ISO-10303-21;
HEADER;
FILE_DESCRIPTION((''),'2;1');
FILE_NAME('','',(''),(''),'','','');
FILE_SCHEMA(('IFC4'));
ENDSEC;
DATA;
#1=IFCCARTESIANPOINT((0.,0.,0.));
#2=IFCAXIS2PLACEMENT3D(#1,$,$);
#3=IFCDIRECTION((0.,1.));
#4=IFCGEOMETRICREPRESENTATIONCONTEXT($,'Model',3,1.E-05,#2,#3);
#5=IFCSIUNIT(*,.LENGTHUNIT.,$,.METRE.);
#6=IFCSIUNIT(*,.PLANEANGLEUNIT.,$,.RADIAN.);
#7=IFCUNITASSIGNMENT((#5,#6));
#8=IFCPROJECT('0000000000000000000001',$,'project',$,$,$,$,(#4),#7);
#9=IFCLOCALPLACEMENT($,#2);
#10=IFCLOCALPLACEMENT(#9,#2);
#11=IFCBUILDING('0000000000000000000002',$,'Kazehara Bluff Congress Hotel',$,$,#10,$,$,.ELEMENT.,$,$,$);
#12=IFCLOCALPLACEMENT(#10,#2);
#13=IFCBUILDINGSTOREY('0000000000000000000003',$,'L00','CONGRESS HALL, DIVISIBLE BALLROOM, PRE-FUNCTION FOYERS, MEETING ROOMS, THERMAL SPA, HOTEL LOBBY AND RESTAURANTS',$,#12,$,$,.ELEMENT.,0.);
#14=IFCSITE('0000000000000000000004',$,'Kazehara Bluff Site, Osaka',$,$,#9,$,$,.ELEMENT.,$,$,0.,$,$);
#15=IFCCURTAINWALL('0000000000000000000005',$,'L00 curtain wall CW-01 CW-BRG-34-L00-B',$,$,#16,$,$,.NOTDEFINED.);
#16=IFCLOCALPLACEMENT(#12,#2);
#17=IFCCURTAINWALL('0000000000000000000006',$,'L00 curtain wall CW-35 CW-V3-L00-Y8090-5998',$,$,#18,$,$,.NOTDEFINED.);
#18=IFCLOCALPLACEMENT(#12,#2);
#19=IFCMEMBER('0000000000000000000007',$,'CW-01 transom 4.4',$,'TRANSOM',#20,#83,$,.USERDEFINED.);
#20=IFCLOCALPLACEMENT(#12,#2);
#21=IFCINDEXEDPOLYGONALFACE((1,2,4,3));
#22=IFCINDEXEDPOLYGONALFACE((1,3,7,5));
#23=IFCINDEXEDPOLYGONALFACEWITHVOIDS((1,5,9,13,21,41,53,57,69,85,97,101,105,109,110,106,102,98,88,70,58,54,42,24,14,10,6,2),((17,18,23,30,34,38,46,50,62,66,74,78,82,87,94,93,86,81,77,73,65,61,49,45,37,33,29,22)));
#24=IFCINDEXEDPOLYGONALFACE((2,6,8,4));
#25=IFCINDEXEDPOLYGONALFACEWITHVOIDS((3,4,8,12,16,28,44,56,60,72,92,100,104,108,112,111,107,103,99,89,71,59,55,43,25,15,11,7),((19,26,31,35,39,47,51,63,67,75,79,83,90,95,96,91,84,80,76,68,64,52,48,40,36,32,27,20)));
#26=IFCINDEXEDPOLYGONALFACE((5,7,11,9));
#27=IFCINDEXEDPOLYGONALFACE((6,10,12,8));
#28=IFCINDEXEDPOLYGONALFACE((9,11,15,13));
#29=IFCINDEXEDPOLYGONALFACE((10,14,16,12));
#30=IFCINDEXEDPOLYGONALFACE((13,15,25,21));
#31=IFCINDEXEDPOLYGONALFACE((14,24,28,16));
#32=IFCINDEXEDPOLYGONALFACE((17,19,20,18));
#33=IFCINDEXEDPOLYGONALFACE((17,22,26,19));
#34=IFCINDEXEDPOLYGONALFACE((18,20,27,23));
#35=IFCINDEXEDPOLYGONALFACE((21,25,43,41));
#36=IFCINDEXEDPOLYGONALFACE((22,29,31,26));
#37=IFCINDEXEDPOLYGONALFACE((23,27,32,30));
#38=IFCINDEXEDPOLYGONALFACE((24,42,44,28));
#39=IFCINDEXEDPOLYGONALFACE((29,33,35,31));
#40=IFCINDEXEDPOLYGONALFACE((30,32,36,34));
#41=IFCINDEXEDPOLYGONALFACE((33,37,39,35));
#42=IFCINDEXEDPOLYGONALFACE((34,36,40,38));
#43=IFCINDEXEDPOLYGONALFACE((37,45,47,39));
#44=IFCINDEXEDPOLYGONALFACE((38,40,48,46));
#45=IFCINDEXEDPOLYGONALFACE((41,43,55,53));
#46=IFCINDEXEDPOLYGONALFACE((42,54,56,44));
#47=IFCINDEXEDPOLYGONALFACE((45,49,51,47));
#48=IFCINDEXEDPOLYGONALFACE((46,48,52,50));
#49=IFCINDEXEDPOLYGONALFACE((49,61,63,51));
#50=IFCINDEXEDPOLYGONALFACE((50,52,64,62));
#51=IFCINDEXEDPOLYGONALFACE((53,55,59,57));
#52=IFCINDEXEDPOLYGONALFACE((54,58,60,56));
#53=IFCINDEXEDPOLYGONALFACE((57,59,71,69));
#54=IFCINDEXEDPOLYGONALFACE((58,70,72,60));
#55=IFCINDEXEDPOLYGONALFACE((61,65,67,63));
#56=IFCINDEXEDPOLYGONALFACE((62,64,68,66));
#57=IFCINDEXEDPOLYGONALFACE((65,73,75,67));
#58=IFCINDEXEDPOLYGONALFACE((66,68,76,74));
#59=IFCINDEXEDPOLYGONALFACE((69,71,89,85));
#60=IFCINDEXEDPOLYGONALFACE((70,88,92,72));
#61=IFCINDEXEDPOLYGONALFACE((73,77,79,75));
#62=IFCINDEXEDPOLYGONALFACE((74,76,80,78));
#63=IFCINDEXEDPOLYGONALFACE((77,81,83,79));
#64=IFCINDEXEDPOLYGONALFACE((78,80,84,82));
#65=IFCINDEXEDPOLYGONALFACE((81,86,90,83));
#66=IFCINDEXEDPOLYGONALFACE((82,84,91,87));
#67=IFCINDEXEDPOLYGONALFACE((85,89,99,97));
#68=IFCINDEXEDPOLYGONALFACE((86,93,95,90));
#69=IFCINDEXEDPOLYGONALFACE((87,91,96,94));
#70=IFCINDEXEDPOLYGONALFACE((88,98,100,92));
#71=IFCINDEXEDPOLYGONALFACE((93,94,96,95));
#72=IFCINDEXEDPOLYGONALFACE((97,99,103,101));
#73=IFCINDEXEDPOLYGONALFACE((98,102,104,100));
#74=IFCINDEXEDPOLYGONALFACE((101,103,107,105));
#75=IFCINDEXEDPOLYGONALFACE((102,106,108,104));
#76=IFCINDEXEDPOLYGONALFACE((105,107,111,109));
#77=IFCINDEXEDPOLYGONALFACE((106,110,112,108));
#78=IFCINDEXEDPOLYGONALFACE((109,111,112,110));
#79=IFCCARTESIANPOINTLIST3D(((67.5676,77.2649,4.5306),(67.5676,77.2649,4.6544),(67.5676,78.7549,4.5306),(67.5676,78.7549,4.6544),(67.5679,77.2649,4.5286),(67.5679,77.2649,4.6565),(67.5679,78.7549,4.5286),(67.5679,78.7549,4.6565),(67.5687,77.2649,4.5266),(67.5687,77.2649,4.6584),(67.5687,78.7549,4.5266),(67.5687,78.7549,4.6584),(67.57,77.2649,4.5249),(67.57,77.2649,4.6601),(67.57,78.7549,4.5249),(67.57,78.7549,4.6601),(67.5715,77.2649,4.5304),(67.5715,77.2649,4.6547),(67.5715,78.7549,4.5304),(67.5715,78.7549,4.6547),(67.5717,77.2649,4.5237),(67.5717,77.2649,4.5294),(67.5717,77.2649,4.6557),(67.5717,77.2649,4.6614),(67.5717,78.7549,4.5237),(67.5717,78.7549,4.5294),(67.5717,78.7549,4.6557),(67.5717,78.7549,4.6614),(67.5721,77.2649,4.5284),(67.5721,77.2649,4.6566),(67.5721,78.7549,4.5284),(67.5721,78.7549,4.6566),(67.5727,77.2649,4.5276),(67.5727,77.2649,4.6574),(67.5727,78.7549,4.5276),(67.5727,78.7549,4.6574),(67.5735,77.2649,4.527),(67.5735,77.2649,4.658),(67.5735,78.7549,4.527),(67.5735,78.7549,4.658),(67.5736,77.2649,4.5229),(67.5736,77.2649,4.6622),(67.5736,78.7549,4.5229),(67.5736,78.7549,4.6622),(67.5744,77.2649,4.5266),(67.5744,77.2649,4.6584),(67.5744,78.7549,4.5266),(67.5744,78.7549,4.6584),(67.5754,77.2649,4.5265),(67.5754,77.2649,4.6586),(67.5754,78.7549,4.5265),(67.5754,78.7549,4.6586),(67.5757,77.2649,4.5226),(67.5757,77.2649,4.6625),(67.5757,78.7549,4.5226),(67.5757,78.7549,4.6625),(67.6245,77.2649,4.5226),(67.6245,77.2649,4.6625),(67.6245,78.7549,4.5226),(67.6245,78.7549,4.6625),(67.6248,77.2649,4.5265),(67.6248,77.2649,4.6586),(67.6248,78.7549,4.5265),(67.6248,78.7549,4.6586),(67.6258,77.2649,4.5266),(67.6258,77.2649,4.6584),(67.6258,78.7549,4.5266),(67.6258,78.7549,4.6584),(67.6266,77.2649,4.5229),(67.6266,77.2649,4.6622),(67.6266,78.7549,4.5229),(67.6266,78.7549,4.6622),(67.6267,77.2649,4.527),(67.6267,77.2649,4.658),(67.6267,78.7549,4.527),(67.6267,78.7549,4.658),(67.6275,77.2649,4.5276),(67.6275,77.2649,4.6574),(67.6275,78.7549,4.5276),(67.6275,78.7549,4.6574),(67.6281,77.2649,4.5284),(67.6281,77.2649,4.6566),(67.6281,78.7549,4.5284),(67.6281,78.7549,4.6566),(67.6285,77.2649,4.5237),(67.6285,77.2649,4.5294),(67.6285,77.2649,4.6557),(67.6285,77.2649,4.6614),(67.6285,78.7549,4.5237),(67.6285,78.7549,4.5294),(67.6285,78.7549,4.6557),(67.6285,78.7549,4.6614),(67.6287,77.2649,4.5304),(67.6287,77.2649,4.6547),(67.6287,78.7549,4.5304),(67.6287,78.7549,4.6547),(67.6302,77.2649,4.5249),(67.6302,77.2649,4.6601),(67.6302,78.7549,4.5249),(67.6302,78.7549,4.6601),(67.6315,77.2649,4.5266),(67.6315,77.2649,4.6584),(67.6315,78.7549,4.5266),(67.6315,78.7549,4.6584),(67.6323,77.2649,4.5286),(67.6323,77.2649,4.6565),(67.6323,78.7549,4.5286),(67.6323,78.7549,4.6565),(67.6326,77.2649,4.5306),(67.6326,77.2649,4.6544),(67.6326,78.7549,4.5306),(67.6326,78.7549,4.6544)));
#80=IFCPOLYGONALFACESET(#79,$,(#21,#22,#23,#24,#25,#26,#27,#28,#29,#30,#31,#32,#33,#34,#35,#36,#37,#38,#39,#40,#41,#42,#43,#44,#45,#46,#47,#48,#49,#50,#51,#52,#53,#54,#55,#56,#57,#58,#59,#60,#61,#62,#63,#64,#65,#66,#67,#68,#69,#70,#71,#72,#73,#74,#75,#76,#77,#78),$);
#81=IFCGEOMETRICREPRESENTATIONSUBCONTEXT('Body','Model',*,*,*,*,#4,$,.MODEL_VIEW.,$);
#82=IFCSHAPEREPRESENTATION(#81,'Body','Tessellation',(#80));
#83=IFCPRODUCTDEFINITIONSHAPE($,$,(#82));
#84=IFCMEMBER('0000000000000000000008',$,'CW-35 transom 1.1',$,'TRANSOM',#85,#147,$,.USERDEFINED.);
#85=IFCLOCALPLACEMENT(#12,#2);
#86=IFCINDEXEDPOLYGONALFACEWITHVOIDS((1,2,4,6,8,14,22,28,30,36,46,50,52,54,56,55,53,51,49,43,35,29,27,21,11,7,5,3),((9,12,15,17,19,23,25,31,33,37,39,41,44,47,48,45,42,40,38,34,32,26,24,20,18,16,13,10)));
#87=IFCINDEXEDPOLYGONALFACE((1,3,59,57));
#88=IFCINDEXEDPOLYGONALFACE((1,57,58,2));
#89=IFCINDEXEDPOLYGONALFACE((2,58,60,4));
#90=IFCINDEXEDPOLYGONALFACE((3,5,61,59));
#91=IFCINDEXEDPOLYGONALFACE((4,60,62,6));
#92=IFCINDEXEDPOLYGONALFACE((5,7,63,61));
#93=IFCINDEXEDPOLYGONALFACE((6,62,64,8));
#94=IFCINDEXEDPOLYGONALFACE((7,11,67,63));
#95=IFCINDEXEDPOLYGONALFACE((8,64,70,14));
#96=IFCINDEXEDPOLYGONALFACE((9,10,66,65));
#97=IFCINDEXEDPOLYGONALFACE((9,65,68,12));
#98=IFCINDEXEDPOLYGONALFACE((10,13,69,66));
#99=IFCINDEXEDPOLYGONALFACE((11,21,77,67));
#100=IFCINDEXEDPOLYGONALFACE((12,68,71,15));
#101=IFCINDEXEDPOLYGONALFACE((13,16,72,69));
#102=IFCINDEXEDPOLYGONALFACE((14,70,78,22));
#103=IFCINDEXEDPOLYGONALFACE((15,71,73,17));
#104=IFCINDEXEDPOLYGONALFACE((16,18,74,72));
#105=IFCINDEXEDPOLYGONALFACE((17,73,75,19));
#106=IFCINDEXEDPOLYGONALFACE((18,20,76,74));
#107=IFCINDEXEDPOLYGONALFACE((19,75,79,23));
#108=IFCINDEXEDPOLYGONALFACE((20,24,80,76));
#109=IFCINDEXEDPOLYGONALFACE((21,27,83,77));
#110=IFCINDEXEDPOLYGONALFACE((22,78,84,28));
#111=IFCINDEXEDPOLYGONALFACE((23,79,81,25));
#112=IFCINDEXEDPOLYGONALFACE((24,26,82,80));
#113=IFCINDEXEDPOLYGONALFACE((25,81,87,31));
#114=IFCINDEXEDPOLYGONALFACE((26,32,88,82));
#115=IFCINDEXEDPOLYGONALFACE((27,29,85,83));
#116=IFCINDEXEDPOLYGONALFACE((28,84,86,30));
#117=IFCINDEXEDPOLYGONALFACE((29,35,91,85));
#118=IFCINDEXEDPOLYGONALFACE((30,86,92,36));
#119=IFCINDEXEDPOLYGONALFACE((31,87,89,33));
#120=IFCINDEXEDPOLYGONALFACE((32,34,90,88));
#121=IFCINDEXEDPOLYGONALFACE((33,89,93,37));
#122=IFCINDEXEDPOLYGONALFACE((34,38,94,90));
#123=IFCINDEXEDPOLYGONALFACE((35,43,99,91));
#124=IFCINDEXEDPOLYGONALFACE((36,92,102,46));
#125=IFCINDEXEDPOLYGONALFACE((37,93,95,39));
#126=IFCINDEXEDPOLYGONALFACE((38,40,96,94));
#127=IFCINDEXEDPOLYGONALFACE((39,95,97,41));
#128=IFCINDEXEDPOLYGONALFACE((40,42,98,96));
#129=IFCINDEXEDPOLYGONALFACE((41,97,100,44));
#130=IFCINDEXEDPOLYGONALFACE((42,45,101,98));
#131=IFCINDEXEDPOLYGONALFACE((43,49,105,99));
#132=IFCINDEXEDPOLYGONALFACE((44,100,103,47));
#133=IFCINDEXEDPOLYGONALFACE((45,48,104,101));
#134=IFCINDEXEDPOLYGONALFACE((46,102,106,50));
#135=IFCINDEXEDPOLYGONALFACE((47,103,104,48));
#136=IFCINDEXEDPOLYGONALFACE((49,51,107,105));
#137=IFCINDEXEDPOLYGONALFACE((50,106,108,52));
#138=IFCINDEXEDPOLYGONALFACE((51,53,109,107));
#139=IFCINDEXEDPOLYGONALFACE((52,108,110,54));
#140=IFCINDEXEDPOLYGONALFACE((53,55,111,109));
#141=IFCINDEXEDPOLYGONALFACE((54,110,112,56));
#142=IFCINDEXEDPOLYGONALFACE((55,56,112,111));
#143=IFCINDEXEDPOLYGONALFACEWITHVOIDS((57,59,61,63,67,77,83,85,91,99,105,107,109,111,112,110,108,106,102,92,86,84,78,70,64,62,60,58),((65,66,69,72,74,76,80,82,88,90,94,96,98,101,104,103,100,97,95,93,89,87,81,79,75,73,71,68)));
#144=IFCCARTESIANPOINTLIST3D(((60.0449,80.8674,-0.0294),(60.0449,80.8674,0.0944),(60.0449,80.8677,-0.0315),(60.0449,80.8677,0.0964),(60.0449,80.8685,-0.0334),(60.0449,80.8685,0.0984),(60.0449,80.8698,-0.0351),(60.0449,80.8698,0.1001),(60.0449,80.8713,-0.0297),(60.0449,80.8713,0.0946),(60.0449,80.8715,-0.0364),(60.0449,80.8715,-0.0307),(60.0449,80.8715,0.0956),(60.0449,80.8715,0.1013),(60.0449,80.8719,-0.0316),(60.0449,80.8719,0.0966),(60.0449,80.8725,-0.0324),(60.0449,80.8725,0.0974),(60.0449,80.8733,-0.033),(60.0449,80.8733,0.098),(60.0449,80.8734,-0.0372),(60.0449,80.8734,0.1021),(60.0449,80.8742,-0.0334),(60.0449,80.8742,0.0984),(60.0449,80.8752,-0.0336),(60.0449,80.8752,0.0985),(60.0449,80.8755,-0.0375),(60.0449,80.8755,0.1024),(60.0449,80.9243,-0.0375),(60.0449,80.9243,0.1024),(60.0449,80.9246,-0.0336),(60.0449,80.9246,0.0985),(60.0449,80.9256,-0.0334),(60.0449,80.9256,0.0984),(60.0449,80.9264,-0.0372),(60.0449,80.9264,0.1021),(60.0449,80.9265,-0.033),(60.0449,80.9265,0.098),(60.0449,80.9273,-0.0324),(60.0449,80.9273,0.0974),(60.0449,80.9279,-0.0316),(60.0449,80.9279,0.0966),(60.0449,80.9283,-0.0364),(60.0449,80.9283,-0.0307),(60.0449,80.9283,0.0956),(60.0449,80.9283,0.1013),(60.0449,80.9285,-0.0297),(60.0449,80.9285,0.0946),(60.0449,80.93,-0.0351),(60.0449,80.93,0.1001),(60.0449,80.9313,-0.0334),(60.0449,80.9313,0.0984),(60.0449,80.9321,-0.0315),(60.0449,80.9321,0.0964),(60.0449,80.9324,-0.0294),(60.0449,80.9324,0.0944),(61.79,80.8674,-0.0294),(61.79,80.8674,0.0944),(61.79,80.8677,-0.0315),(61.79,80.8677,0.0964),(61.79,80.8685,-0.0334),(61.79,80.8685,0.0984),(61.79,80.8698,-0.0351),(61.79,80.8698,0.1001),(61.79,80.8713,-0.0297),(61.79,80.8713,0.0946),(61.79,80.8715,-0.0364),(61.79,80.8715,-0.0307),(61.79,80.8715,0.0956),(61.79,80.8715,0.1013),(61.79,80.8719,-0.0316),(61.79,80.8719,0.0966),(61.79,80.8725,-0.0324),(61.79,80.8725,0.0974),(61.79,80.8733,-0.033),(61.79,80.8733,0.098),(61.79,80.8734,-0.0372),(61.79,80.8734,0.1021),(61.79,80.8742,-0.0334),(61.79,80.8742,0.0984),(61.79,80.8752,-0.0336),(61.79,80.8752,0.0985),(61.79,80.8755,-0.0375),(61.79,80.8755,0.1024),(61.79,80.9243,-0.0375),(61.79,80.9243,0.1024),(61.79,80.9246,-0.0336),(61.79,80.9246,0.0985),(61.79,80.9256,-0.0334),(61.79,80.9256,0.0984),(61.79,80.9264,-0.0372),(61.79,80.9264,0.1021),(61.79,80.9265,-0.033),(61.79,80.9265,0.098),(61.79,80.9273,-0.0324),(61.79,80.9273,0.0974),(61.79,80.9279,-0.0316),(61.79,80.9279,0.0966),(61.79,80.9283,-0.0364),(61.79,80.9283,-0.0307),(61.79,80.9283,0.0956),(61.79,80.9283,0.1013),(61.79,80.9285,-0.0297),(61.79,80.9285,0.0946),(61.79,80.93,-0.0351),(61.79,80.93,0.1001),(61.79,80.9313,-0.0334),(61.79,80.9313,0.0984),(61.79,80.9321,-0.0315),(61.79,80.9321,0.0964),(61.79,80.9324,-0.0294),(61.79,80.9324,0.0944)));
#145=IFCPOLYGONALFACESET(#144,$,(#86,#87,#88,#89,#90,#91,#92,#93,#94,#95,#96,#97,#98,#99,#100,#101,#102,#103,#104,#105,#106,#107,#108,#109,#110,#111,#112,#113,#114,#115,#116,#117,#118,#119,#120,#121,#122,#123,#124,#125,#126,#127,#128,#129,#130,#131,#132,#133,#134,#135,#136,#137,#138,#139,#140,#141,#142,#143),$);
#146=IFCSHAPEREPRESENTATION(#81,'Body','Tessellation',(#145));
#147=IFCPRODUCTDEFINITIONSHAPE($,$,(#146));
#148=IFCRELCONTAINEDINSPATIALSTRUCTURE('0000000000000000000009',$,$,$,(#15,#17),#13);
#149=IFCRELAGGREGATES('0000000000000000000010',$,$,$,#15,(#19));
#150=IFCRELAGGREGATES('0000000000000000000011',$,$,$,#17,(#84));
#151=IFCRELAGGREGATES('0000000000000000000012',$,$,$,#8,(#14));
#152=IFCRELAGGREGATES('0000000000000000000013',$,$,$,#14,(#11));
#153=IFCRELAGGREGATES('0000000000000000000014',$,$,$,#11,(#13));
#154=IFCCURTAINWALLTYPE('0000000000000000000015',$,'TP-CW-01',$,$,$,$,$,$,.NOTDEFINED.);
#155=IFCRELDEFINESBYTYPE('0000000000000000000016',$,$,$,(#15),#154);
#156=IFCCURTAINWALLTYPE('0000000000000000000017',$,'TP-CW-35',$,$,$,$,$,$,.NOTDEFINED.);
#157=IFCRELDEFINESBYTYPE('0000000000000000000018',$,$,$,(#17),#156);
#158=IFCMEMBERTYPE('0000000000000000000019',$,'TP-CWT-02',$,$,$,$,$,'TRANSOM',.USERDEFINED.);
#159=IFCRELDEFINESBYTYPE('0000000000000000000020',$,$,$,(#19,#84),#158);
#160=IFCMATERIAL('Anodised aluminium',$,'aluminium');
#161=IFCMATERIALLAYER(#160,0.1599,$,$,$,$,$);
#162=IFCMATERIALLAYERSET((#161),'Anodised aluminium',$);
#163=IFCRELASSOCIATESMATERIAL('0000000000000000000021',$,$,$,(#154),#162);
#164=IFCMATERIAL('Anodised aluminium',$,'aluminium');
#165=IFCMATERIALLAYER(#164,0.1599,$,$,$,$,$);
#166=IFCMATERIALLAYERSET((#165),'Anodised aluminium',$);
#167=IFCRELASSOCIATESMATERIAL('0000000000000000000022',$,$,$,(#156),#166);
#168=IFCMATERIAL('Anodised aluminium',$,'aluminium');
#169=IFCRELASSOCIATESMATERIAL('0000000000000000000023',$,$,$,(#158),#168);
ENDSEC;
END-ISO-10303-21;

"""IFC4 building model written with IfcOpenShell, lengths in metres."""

from ifc_helpers import new_model, si_unit, direction, frame, origin, origin_2d, place, context, subcontext, project, spatial, hollow_rectangle, extrude, material, layer, layer_set, material_profile, profile_set, type_object, element, aggregate, save


model = new_model("IFC4")

# Units and contexts
model_context = context("Model", 3, precision=1e-05, world=origin(), true_north=direction((0.0, 1.0)))
body_context = subcontext(model_context, "Body", "Model", "MODEL_VIEW")
ifc_project = project(units=[si_unit("LENGTHUNIT", "METRE"), si_unit("PLANEANGLEUNIT", "RADIAN")], contexts=[model_context])

# Site, building, storey
site_placement = place(None, origin())
site = spatial("IfcSite", under=ifc_project, at=site_placement, Name="Kazehara Bluff Site, Osaka", CompositionType="ELEMENT", RefElevation=0.0)
building_placement = place(site_placement, origin())
building = spatial("IfcBuilding", under=site, at=building_placement, Name="Kazehara Bluff Congress Hotel", CompositionType="ELEMENT")
storey_placement = place(building_placement, origin())
storey = spatial("IfcBuildingStorey", under=building, at=storey_placement, Name="L00", Description="CONGRESS HALL, DIVISIBLE BALLROOM, PRE-FUNCTION FOYERS, MEETING ROOMS, THERMAL SPA, HOTEL LOBBY AND RESTAURANTS", CompositionType="ELEMENT", Elevation=0.0)

# Curtain walls
ifc_material_1 = material(Name="Anodised aluminium", Category="aluminium")
ifc_layer_1 = layer(ifc_material_1, 0.1599)
ifc_layer_set_1 = layer_set([ifc_layer_1], Name="Anodised aluminium")
curtain_wall_type_1 = type_object("IfcCurtainWallType", Name="TP-CW-01", PredefinedType="NOTDEFINED", material=ifc_layer_set_1)
curtain_wall_1_placement = place(storey_placement, origin())
curtain_wall_1 = element("IfcCurtainWall", 1, at=curtain_wall_1_placement, inside=storey, type_object=curtain_wall_type_1, Name="L00 curtain wall CW-01 CW-BRG-34-L00-B", PredefinedType="NOTDEFINED")
ifc_material_2 = material(Name="Anodised aluminium", Category="aluminium")
ifc_layer_2 = layer(ifc_material_2, 0.1599)
ifc_layer_set_2 = layer_set([ifc_layer_2], Name="Anodised aluminium")
curtain_wall_type_2 = type_object("IfcCurtainWallType", Name="TP-CW-35", PredefinedType="NOTDEFINED", material=ifc_layer_set_2)
curtain_wall_2_placement = place(storey_placement, origin())
curtain_wall_2 = element("IfcCurtainWall", 2, at=curtain_wall_2_placement, inside=storey, type_object=curtain_wall_type_2, Name="L00 curtain wall CW-35 CW-V3-L00-Y8090-5998", PredefinedType="NOTDEFINED")

# Members
ifc_material_3 = material(Name="Anodised aluminium", Category="aluminium")
ifc_material_profile_1 = material_profile(ifc_material_3, hollow_rectangle(XDim=0.0649, YDim=0.1399, WallThickness=0.0039, InnerFilletRadius=0.0039, OuterFilletRadius=0.0081, at=origin_2d()))
ifc_profile_set_1 = profile_set([ifc_material_profile_1], Name="Anodised aluminium")
member_type_1 = type_object("IfcMemberType", Name="TP-CWT-02", ElementType="TRANSOM", PredefinedType="USERDEFINED", material=ifc_profile_set_1)
member_1_placement = place(storey_placement, frame((67.6001, 77.2649, 4.5925), z_axis=(0.0, 1.0, 0.0), x_axis=(-1.0, 0.0, 0.0)))
member_1 = element("IfcMember", 3, at=member_1_placement, type_object=member_type_1, Name="CW-01 transom 4.4", ObjectType="TRANSOM", PredefinedType="USERDEFINED", context=body_context, shape_type="SweptSolid", body=[
    extrude(hollow_rectangle(XDim=0.0649, YDim=0.1399, WallThickness=0.0039, InnerFilletRadius=0.0039, OuterFilletRadius=0.0081, at=origin_2d()), origin(), (0.0, 0.0, 1.0), 1.49),
])
member_2_placement = place(storey_placement, frame((60.0449, 80.8999, 0.0325), z_axis=(1.0, 0.0, 0.0), x_axis=(0.0, 1.0, 0.0)))
member_2 = element("IfcMember", 4, at=member_2_placement, type_object=member_type_1, Name="CW-35 transom 1.1", ObjectType="TRANSOM", PredefinedType="USERDEFINED", context=body_context, shape_type="SweptSolid", body=[
    extrude(hollow_rectangle(XDim=0.0649, YDim=0.1399, WallThickness=0.0039, InnerFilletRadius=0.0039, OuterFilletRadius=0.0081, at=origin_2d()), origin(), (0.0, 0.0, 1.0), 1.7451),
])

aggregate(curtain_wall_1, [member_1])
aggregate(curtain_wall_2, [member_2])

save(model, "model.ifc")
